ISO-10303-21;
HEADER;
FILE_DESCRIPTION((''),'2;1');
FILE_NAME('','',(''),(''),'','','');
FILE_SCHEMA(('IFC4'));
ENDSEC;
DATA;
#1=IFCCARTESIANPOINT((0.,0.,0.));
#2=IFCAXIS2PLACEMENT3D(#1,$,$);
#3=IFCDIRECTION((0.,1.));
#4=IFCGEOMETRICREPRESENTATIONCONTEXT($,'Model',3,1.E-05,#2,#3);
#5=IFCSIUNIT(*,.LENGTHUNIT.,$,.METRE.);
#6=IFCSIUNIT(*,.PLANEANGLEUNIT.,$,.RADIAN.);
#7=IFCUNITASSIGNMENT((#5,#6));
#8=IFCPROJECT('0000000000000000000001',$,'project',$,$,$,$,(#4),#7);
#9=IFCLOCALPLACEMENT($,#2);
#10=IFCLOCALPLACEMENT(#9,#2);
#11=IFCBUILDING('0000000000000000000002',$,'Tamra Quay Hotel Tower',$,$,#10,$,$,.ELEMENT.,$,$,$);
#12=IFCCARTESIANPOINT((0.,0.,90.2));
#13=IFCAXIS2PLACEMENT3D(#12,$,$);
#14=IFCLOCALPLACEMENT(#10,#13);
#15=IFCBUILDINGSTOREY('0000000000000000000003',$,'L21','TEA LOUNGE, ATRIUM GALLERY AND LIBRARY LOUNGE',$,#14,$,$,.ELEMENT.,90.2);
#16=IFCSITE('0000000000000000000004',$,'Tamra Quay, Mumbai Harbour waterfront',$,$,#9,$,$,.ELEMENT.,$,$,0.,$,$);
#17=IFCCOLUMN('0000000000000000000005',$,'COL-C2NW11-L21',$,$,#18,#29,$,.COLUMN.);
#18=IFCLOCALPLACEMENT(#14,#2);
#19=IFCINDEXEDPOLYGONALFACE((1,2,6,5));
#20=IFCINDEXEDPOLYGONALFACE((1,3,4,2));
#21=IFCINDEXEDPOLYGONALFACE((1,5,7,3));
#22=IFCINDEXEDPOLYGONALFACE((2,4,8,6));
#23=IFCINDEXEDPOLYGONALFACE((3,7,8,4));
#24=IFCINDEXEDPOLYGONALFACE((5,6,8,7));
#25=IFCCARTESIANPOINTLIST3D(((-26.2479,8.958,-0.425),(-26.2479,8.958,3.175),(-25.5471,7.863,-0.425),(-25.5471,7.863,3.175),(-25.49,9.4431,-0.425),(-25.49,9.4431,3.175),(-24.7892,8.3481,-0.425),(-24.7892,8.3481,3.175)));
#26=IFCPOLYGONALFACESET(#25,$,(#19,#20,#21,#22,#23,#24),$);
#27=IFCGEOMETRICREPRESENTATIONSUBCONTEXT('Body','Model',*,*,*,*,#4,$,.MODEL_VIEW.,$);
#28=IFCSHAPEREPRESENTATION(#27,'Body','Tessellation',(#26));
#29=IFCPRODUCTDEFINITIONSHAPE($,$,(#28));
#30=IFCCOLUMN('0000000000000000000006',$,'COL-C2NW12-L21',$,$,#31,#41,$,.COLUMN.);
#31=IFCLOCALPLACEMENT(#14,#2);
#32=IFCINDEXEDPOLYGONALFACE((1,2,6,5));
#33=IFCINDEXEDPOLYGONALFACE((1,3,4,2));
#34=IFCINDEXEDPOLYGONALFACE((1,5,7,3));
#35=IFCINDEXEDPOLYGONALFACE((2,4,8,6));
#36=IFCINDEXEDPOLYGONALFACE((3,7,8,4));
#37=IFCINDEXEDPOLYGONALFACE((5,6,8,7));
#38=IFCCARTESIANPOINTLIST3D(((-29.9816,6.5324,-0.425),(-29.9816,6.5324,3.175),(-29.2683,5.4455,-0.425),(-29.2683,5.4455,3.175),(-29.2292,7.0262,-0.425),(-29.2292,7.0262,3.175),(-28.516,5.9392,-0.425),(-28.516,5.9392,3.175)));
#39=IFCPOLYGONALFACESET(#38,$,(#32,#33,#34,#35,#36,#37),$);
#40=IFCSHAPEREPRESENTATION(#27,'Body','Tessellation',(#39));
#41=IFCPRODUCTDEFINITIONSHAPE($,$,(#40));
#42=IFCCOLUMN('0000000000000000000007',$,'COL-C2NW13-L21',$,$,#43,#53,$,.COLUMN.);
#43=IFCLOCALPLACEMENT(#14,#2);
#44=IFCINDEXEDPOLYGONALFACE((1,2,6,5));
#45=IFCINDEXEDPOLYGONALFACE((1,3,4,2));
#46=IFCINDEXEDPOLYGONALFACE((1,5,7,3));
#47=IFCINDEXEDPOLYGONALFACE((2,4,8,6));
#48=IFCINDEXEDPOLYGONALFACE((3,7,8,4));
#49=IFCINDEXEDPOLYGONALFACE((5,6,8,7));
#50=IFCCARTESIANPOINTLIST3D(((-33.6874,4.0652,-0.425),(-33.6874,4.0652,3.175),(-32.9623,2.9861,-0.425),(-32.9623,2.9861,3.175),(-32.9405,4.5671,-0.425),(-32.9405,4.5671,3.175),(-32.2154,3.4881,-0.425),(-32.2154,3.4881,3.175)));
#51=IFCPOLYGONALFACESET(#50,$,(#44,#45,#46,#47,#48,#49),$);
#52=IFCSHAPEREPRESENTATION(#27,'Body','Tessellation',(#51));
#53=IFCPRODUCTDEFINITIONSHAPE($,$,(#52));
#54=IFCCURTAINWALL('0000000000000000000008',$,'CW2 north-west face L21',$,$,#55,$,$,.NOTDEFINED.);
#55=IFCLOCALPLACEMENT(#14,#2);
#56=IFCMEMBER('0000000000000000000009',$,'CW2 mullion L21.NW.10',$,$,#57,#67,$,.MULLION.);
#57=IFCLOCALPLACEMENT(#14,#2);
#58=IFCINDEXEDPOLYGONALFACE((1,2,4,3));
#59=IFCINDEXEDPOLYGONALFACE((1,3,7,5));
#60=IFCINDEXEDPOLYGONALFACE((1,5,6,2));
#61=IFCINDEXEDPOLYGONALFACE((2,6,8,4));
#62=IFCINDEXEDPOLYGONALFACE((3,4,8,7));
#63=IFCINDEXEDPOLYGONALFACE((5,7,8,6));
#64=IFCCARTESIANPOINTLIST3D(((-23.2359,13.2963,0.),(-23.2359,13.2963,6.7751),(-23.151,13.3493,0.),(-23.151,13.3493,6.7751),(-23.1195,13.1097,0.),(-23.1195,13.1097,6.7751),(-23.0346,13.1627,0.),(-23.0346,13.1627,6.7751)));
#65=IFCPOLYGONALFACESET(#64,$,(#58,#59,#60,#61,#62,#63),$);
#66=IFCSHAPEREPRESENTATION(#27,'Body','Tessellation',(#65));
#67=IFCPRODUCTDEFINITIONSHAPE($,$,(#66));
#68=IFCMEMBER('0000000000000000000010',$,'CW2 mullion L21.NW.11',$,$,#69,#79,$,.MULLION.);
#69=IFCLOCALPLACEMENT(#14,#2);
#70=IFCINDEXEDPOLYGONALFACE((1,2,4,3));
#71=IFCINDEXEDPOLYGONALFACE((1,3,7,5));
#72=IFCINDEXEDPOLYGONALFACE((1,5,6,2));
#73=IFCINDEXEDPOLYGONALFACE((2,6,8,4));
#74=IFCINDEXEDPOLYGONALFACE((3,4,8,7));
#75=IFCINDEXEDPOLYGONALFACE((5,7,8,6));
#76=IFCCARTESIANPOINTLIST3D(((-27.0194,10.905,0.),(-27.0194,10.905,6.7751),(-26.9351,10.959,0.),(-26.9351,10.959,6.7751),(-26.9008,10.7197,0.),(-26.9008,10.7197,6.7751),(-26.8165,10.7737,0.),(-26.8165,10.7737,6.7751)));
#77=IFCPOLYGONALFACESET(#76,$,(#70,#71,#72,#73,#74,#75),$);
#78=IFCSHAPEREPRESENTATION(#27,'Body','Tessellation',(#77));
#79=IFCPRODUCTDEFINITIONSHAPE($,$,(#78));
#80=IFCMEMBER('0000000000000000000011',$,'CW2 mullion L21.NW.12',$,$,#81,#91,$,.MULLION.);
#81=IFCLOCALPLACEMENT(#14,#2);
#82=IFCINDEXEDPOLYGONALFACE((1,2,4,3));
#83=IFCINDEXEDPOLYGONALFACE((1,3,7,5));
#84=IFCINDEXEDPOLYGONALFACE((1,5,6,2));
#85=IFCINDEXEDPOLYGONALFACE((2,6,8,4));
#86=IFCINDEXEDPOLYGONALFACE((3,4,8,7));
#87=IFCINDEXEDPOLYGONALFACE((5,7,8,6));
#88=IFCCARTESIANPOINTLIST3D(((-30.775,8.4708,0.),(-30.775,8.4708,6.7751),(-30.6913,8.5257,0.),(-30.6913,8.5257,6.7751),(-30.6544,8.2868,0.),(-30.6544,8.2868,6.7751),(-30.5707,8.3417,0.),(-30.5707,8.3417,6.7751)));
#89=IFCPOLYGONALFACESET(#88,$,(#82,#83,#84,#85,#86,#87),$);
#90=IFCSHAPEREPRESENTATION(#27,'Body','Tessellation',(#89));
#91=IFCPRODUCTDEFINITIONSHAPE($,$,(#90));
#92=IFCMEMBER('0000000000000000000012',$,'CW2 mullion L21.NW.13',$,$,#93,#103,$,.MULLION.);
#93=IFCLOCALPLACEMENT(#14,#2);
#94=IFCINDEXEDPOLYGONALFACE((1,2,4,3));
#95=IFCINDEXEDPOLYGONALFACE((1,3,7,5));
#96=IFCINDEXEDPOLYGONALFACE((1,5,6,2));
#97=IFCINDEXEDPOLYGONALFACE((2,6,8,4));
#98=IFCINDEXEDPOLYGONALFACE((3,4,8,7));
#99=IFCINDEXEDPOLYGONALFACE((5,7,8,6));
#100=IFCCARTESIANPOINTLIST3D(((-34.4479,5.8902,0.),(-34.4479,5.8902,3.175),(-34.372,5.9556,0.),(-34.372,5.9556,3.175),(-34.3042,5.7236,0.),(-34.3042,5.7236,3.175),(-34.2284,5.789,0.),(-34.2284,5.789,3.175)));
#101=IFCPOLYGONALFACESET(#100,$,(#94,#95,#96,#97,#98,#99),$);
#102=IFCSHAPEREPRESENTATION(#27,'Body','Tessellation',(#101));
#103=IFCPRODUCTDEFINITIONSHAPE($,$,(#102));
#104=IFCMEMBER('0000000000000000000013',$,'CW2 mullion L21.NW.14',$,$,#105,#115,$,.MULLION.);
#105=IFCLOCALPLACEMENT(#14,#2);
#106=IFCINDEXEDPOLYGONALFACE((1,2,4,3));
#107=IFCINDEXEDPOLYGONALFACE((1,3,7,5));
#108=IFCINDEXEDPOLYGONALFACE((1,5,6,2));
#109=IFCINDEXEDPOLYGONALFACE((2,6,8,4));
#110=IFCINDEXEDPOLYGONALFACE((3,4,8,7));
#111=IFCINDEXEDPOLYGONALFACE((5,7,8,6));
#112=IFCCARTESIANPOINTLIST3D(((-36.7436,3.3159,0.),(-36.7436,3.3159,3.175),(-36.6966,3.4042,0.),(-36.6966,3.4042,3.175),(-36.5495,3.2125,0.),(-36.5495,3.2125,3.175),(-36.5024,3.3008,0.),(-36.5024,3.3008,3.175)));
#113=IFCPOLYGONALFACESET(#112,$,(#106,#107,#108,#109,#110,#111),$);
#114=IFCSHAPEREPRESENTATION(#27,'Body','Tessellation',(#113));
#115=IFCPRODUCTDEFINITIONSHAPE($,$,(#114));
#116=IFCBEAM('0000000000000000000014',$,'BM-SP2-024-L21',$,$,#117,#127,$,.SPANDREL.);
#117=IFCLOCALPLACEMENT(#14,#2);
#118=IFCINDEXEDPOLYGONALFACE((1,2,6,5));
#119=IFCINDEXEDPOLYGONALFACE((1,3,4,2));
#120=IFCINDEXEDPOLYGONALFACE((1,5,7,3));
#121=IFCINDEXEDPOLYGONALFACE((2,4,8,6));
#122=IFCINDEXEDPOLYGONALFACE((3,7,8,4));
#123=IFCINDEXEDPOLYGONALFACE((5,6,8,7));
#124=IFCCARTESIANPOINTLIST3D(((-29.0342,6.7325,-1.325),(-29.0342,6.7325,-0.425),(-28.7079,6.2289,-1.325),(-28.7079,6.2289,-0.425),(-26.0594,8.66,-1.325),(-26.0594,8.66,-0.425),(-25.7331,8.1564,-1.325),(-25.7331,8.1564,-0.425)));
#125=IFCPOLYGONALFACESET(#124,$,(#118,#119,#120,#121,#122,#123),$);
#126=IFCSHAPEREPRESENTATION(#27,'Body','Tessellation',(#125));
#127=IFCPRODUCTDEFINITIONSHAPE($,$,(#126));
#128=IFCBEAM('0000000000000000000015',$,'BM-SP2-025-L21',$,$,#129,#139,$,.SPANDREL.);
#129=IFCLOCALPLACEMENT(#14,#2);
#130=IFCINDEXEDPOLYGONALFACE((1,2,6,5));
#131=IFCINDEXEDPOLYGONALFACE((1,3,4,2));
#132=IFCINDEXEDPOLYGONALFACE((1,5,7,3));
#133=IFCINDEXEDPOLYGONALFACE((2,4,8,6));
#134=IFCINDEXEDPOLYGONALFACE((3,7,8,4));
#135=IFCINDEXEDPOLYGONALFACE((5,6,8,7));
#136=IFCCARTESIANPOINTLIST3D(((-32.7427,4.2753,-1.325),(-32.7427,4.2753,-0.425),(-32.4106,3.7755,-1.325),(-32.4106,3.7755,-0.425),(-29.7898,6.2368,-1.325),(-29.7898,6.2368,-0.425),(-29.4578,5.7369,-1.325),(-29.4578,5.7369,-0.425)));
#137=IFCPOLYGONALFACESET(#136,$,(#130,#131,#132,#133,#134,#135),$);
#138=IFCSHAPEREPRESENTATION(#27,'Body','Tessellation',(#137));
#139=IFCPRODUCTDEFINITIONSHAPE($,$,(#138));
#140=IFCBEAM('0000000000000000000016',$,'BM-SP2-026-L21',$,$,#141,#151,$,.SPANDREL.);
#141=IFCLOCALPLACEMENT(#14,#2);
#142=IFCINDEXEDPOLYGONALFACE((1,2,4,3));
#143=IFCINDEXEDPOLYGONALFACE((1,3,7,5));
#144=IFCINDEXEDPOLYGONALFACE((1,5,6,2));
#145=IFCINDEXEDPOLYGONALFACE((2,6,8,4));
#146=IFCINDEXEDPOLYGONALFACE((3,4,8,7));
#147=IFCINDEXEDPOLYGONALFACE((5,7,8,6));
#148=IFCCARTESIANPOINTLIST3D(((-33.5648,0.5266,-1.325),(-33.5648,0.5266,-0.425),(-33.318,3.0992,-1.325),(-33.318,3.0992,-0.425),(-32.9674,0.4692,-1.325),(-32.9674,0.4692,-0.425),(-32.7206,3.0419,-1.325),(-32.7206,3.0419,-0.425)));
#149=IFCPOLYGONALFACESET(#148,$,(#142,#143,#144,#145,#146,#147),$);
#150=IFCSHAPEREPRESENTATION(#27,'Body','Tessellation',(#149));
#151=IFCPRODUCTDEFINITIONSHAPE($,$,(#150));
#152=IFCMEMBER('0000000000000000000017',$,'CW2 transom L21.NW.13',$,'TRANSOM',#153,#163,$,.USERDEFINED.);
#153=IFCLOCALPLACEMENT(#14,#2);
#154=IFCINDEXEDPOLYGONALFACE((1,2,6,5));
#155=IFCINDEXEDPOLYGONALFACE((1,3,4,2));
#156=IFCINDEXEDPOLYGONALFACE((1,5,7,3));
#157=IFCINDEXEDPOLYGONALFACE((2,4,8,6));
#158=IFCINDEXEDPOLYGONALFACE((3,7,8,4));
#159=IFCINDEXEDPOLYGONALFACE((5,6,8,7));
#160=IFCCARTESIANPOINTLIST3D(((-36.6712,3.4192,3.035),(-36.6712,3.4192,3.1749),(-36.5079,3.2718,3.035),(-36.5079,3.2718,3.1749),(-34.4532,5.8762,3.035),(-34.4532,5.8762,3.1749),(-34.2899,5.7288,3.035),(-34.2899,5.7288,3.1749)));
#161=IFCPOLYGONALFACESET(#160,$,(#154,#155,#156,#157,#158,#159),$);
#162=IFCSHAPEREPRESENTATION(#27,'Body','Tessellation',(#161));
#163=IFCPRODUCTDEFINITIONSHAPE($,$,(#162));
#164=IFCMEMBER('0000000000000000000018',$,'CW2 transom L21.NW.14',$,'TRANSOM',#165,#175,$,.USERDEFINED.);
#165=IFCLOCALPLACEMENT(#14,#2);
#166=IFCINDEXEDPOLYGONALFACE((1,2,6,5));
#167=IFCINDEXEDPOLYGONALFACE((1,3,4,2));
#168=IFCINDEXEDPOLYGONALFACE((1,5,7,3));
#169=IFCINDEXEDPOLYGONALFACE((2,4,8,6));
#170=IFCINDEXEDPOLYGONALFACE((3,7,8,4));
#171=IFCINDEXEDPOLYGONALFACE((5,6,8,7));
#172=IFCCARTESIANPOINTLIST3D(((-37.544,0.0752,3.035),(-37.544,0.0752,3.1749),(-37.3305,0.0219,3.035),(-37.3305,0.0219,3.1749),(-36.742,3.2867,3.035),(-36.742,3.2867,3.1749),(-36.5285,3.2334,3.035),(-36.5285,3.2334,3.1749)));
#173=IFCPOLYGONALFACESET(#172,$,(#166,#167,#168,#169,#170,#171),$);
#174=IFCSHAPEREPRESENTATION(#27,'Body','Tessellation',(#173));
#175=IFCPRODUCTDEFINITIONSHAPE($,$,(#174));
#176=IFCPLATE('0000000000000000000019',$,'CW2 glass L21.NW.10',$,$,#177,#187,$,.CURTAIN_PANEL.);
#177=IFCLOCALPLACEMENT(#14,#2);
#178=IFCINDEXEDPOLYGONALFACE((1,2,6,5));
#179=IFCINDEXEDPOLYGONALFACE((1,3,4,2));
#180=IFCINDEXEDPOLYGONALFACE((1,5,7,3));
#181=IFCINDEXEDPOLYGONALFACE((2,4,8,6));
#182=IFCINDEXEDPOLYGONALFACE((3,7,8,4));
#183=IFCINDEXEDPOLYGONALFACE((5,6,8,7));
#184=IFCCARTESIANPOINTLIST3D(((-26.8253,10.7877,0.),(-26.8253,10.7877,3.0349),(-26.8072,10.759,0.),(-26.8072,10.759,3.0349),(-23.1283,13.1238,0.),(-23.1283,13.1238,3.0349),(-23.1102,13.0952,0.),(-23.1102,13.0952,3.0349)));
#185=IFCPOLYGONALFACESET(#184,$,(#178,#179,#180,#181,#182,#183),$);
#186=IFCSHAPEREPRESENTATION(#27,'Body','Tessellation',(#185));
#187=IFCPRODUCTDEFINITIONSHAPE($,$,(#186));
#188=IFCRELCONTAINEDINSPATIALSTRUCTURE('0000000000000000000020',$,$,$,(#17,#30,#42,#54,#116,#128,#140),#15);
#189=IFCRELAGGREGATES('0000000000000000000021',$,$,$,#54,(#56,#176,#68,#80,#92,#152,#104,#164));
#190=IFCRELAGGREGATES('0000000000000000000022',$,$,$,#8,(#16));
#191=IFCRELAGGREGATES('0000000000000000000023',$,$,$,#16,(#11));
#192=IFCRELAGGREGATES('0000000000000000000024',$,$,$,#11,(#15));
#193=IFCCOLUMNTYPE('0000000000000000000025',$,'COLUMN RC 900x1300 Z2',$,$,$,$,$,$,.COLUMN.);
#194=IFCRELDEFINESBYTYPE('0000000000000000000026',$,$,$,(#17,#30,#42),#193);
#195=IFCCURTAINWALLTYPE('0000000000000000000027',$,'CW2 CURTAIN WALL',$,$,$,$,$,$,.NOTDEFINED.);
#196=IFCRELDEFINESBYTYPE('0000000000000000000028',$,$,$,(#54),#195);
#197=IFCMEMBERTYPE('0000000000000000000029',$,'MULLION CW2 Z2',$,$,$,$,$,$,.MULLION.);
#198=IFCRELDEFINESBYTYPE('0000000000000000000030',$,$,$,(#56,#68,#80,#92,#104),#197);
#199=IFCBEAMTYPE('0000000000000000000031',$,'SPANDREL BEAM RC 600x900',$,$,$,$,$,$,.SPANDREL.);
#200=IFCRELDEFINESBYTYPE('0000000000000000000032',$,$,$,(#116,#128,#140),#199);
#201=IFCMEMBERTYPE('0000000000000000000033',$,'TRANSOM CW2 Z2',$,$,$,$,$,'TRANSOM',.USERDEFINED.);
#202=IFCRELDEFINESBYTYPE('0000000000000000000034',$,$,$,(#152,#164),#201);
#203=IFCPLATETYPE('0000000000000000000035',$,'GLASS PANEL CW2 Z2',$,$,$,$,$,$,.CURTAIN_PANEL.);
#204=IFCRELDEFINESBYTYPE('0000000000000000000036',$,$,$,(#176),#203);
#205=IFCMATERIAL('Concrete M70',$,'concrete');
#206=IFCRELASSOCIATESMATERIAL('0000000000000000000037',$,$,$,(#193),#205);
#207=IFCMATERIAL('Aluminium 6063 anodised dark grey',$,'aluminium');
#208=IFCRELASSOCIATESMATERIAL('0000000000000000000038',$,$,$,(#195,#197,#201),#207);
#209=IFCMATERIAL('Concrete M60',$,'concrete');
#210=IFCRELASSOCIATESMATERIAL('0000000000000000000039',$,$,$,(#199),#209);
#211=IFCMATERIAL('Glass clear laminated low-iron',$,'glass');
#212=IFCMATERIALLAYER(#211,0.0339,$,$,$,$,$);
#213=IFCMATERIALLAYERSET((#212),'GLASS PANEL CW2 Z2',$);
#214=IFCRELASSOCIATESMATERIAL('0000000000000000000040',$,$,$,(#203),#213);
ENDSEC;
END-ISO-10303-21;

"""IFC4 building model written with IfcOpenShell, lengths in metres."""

from ifc_helpers import new_model, si_unit, direction, frame, origin, origin_2d, place, context, subcontext, project, spatial, rectangle, extrude, material, layer, layer_set, material_profile, profile_set, type_object, element, aggregate, save


model = new_model("IFC4")

# Units and contexts
model_context = context("Model", 3, precision=1e-05, world=origin(), true_north=direction((0.0, 1.0)))
body_context = subcontext(model_context, "Body", "Model", "MODEL_VIEW")
ifc_project = project(units=[si_unit("LENGTHUNIT", "METRE"), si_unit("PLANEANGLEUNIT", "RADIAN")], contexts=[model_context])

# Site, building, storey
site_placement = place(None, origin())
site = spatial("IfcSite", under=ifc_project, at=site_placement, Name="Tamra Quay, Mumbai Harbour waterfront", CompositionType="ELEMENT", RefElevation=0.0)
building_placement = place(site_placement, origin())
building = spatial("IfcBuilding", under=site, at=building_placement, Name="Tamra Quay Hotel Tower", CompositionType="ELEMENT")
storey_placement = place(building_placement, frame((0.0, 0.0, 90.2)))
storey = spatial("IfcBuildingStorey", under=building, at=storey_placement, Name="L21", Description="TEA LOUNGE, ATRIUM GALLERY AND LIBRARY LOUNGE", CompositionType="ELEMENT", Elevation=90.2)

# Columns
ifc_material_1 = material(Name="Concrete M70", Category="concrete")
ifc_material_profile_1 = material_profile(ifc_material_1, rectangle(XDim=1.3, YDim=0.8999, at=origin_2d()), Name="COLUMN RC 900x1300 Z2")
ifc_profile_set_1 = profile_set([ifc_material_profile_1], Name="Concrete M70")
column_type = type_object("IfcColumnType", Name="COLUMN RC 900x1300 Z2", PredefinedType="COLUMN", material=ifc_profile_set_1)
for number, where, z_axis, x_axis, name in (
    (1, (-25.5186, 8.6531, -0.425), (0.0, 0.0, 1.0), (-0.539065, 0.842264, 0.0), "COL-C2NW11-L21"),
    (2, (-29.2488, 6.2358, -0.425), (0.0, 0.0, 1.0), (-0.548641, 0.836058, 0.0), "COL-C2NW12-L21"),
    (3, (-32.9514, 3.7766, -0.425), (0.0, 0.0, 1.0), (-0.557767, 0.829998, 0.0), "COL-C2NW13-L21"),
):
    element("IfcColumn", number, at=place(storey_placement, frame(where, z_axis=z_axis, x_axis=x_axis)), inside=storey, type_object=column_type, Name=name, PredefinedType="COLUMN", context=body_context, shape_type="SweptSolid", body=[
        extrude(rectangle(XDim=1.3, YDim=0.8999, at=origin_2d()), origin(), (0.0, 0.0, 1.0), 3.6001),
    ])

# Curtain wall, members
ifc_material_2 = material(Name="Aluminium 6063 anodised dark grey", Category="aluminium")
curtain_wall_type = type_object("IfcCurtainWallType", Name="CW2 CURTAIN WALL", PredefinedType="NOTDEFINED", material=ifc_material_2)
curtain_wall_placement = place(storey_placement, origin())
curtain_wall = element("IfcCurtainWall", 4, at=curtain_wall_placement, inside=storey, type_object=curtain_wall_type, Name="CW2 north-west face L21", PredefinedType="NOTDEFINED")
ifc_material_profile_2 = material_profile(ifc_material_2, rectangle(XDim=0.22, YDim=0.1001, at=origin_2d()), Name="MULLION 100X220")
ifc_profile_set_2 = profile_set([ifc_material_profile_2], Name="Aluminium 6063 anodised dark grey")
member_type_1 = type_object("IfcMemberType", Name="MULLION CW2 Z2", PredefinedType="MULLION", material=ifc_profile_set_2)
member_1_placement = place(storey_placement, frame((-23.1353, 13.2295, 0.0), z_axis=(0.0, 0.0, 1.0), x_axis=(-0.529364, 0.848395, 0.0)))
member_1 = element("IfcMember", 5, at=member_1_placement, type_object=member_type_1, Name="CW2 mullion L21.NW.10", PredefinedType="MULLION", context=body_context, shape_type="SweptSolid", body=[
    extrude(rectangle(XDim=0.22, YDim=0.1001, at=origin_2d()), origin(), (0.0, 0.0, 1.0), 6.7751),
])
member_2_placement = place(storey_placement, frame((-26.918, 10.8394, 0.0), z_axis=(0.0, 0.0, 1.0), x_axis=(-0.538999, 0.842307, 0.0)))
member_2 = element("IfcMember", 6, at=member_2_placement, type_object=member_type_1, Name="CW2 mullion L21.NW.11", PredefinedType="MULLION", context=body_context, shape_type="SweptSolid", body=[
    extrude(rectangle(XDim=0.22, YDim=0.1001, at=origin_2d()), origin(), (0.0, 0.0, 1.0), 6.7751),
])
member_3_placement = place(storey_placement, frame((-30.6729, 8.4062, 0.0), z_axis=(0.0, 0.0, 1.0), x_axis=(-0.548547, 0.836119, 0.0)))
member_3 = element("IfcMember", 7, at=member_3_placement, type_object=member_type_1, Name="CW2 mullion L21.NW.12", PredefinedType="MULLION", context=body_context, shape_type="SweptSolid", body=[
    extrude(rectangle(XDim=0.22, YDim=0.1001, at=origin_2d()), origin(), (0.0, 0.0, 1.0), 6.7751),
])
member_4_placement = place(storey_placement, frame((-34.3381, 5.8396, 0.0), z_axis=(0.0, 0.0, 1.0), x_axis=(-0.652887, 0.757455, 0.0)))
member_4 = element("IfcMember", 8, at=member_4_placement, type_object=member_type_1, Name="CW2 mullion L21.NW.13", PredefinedType="MULLION", context=body_context, shape_type="SweptSolid", body=[
    extrude(rectangle(XDim=0.22, YDim=0.1001, at=origin_2d()), origin(), (0.0, 0.0, 1.0), 3.175),
])
member_5_placement = place(storey_placement, frame((-36.623, 3.3083, 0.0), z_axis=(0.0, 0.0, 1.0), x_axis=(-0.882544, 0.47023, 0.0)))
member_5 = element("IfcMember", 9, at=member_5_placement, type_object=member_type_1, Name="CW2 mullion L21.NW.14", PredefinedType="MULLION", context=body_context, shape_type="SweptSolid", body=[
    extrude(rectangle(XDim=0.22, YDim=0.1001, at=origin_2d()), origin(), (0.0, 0.0, 1.0), 3.175),
])

# Beams
ifc_material_3 = material(Name="Concrete M60", Category="concrete")
ifc_material_profile_3 = material_profile(ifc_material_3, rectangle(XDim=0.6001, YDim=0.8999, at=origin_2d()), Name="SPANDREL BEAM RC 600x900")
ifc_profile_set_3 = profile_set([ifc_material_profile_3], Name="Concrete M60")
beam_type = type_object("IfcBeamType", Name="SPANDREL BEAM RC 600x900", PredefinedType="SPANDREL", material=ifc_profile_set_3)
beam_1_placement = place(storey_placement, frame((-25.8962, 8.4082, -0.875), z_axis=(-0.839237, -0.543765, 0.0), x_axis=(0.543765, -0.839237, 0.0)))
element("IfcBeam", 10, at=beam_1_placement, inside=storey, type_object=beam_type, Name="BM-SP2-024-L21", PredefinedType="SPANDREL", context=body_context, shape_type="SweptSolid", body=[
    extrude(rectangle(XDim=0.6001, YDim=0.8999, at=origin_2d()), origin(), (0.0, 0.0, 1.0), 3.5447),
])
beam_2_placement = place(storey_placement, frame((-29.6238, 5.9868, -0.875), z_axis=(-0.832982, -0.553301, 0.0), x_axis=(0.553301, -0.832982, 0.0)))
element("IfcBeam", 11, at=beam_2_placement, inside=storey, type_object=beam_type, Name="BM-SP2-025-L21", PredefinedType="SPANDREL", context=body_context, shape_type="SweptSolid", body=[
    extrude(rectangle(XDim=0.6001, YDim=0.8999, at=origin_2d()), origin(), (0.0, 0.0, 1.0), 3.5449),
])
beam_3_placement = place(storey_placement, frame((-33.0193, 3.0706, -0.875), z_axis=(-0.0955, -0.995429, 0.0), x_axis=(0.995429, -0.0955, 0.0)))
element("IfcBeam", 12, at=beam_3_placement, inside=storey, type_object=beam_type, Name="BM-SP2-026-L21", PredefinedType="SPANDREL", context=body_context, shape_type="SweptSolid", body=[
    extrude(rectangle(XDim=0.6001, YDim=0.8999, at=origin_2d()), origin(), (0.0, 0.0, 1.0), 2.5845),
])

# Members
ifc_material_profile_4 = material_profile(ifc_material_2, rectangle(XDim=0.22, YDim=0.1399, at=origin_2d()), Name="TRANSOM 220X140")
ifc_profile_set_4 = profile_set([ifc_material_profile_4], Name="Aluminium 6063 anodised dark grey")
member_type_2 = type_object("IfcMemberType", Name="TRANSOM CW2 Z2", ElementType="TRANSOM", PredefinedType="USERDEFINED", material=ifc_profile_set_4)
member_6_placement = place(storey_placement, frame((-34.3716, 5.8025, 3.105), z_axis=(-0.670081, -0.742288, 0.0), x_axis=(0.742288, -0.670081, 0.0)))
member_6 = element("IfcMember", 13, at=member_6_placement, type_object=member_type_2, Name="CW2 transom L21.NW.13", ObjectType="TRANSOM", PredefinedType="USERDEFINED", context=body_context, shape_type="SweptSolid", body=[
    extrude(rectangle(XDim=0.22, YDim=0.1399, at=origin_2d()), origin(), (0.0, 0.0, 1.0), 3.3101),
])
member_7_placement = place(storey_placement, frame((-36.6353, 3.26, 3.105), z_axis=(-0.242293, -0.970203, 0.0), x_axis=(0.970203, -0.242293, 0.0)))
member_7 = element("IfcMember", 14, at=member_7_placement, type_object=member_type_2, Name="CW2 transom L21.NW.14", ObjectType="TRANSOM", PredefinedType="USERDEFINED", context=body_context, shape_type="SweptSolid", body=[
    extrude(rectangle(XDim=0.22, YDim=0.1399, at=origin_2d()), origin(), (0.0, 0.0, 1.0), 3.3101),
])

# Plate
ifc_material_4 = material(Name="Glass clear laminated low-iron", Category="glass")
ifc_layer_1 = layer(ifc_material_4, 0.0339)
ifc_layer_set_1 = layer_set([ifc_layer_1], Name="GLASS PANEL CW2 Z2")
plate_type = type_object("IfcPlateType", Name="GLASS PANEL CW2 Z2", PredefinedType="CURTAIN_PANEL", material=ifc_layer_set_1)
plate_1_placement = place(storey_placement, frame((-24.9678, 11.9414, 0.0), z_axis=(0.0, 0.0, 1.0), x_axis=(-0.845362, -0.534193, 0.0)))
plate_1 = element("IfcPlate", 15, at=plate_1_placement, type_object=plate_type, Name="CW2 glass L21.NW.10", PredefinedType="CURTAIN_PANEL", context=body_context, shape_type="SweptSolid", body=[
    extrude(rectangle(XDim=4.3733, YDim=0.0339, at=origin_2d()), origin(), (0.0, 0.0, 1.0), 3.0349),
])
aggregate(curtain_wall, [member_1, plate_1, member_2, member_3, member_4, member_6, member_5, member_7])

save(model, "model.ifc")
